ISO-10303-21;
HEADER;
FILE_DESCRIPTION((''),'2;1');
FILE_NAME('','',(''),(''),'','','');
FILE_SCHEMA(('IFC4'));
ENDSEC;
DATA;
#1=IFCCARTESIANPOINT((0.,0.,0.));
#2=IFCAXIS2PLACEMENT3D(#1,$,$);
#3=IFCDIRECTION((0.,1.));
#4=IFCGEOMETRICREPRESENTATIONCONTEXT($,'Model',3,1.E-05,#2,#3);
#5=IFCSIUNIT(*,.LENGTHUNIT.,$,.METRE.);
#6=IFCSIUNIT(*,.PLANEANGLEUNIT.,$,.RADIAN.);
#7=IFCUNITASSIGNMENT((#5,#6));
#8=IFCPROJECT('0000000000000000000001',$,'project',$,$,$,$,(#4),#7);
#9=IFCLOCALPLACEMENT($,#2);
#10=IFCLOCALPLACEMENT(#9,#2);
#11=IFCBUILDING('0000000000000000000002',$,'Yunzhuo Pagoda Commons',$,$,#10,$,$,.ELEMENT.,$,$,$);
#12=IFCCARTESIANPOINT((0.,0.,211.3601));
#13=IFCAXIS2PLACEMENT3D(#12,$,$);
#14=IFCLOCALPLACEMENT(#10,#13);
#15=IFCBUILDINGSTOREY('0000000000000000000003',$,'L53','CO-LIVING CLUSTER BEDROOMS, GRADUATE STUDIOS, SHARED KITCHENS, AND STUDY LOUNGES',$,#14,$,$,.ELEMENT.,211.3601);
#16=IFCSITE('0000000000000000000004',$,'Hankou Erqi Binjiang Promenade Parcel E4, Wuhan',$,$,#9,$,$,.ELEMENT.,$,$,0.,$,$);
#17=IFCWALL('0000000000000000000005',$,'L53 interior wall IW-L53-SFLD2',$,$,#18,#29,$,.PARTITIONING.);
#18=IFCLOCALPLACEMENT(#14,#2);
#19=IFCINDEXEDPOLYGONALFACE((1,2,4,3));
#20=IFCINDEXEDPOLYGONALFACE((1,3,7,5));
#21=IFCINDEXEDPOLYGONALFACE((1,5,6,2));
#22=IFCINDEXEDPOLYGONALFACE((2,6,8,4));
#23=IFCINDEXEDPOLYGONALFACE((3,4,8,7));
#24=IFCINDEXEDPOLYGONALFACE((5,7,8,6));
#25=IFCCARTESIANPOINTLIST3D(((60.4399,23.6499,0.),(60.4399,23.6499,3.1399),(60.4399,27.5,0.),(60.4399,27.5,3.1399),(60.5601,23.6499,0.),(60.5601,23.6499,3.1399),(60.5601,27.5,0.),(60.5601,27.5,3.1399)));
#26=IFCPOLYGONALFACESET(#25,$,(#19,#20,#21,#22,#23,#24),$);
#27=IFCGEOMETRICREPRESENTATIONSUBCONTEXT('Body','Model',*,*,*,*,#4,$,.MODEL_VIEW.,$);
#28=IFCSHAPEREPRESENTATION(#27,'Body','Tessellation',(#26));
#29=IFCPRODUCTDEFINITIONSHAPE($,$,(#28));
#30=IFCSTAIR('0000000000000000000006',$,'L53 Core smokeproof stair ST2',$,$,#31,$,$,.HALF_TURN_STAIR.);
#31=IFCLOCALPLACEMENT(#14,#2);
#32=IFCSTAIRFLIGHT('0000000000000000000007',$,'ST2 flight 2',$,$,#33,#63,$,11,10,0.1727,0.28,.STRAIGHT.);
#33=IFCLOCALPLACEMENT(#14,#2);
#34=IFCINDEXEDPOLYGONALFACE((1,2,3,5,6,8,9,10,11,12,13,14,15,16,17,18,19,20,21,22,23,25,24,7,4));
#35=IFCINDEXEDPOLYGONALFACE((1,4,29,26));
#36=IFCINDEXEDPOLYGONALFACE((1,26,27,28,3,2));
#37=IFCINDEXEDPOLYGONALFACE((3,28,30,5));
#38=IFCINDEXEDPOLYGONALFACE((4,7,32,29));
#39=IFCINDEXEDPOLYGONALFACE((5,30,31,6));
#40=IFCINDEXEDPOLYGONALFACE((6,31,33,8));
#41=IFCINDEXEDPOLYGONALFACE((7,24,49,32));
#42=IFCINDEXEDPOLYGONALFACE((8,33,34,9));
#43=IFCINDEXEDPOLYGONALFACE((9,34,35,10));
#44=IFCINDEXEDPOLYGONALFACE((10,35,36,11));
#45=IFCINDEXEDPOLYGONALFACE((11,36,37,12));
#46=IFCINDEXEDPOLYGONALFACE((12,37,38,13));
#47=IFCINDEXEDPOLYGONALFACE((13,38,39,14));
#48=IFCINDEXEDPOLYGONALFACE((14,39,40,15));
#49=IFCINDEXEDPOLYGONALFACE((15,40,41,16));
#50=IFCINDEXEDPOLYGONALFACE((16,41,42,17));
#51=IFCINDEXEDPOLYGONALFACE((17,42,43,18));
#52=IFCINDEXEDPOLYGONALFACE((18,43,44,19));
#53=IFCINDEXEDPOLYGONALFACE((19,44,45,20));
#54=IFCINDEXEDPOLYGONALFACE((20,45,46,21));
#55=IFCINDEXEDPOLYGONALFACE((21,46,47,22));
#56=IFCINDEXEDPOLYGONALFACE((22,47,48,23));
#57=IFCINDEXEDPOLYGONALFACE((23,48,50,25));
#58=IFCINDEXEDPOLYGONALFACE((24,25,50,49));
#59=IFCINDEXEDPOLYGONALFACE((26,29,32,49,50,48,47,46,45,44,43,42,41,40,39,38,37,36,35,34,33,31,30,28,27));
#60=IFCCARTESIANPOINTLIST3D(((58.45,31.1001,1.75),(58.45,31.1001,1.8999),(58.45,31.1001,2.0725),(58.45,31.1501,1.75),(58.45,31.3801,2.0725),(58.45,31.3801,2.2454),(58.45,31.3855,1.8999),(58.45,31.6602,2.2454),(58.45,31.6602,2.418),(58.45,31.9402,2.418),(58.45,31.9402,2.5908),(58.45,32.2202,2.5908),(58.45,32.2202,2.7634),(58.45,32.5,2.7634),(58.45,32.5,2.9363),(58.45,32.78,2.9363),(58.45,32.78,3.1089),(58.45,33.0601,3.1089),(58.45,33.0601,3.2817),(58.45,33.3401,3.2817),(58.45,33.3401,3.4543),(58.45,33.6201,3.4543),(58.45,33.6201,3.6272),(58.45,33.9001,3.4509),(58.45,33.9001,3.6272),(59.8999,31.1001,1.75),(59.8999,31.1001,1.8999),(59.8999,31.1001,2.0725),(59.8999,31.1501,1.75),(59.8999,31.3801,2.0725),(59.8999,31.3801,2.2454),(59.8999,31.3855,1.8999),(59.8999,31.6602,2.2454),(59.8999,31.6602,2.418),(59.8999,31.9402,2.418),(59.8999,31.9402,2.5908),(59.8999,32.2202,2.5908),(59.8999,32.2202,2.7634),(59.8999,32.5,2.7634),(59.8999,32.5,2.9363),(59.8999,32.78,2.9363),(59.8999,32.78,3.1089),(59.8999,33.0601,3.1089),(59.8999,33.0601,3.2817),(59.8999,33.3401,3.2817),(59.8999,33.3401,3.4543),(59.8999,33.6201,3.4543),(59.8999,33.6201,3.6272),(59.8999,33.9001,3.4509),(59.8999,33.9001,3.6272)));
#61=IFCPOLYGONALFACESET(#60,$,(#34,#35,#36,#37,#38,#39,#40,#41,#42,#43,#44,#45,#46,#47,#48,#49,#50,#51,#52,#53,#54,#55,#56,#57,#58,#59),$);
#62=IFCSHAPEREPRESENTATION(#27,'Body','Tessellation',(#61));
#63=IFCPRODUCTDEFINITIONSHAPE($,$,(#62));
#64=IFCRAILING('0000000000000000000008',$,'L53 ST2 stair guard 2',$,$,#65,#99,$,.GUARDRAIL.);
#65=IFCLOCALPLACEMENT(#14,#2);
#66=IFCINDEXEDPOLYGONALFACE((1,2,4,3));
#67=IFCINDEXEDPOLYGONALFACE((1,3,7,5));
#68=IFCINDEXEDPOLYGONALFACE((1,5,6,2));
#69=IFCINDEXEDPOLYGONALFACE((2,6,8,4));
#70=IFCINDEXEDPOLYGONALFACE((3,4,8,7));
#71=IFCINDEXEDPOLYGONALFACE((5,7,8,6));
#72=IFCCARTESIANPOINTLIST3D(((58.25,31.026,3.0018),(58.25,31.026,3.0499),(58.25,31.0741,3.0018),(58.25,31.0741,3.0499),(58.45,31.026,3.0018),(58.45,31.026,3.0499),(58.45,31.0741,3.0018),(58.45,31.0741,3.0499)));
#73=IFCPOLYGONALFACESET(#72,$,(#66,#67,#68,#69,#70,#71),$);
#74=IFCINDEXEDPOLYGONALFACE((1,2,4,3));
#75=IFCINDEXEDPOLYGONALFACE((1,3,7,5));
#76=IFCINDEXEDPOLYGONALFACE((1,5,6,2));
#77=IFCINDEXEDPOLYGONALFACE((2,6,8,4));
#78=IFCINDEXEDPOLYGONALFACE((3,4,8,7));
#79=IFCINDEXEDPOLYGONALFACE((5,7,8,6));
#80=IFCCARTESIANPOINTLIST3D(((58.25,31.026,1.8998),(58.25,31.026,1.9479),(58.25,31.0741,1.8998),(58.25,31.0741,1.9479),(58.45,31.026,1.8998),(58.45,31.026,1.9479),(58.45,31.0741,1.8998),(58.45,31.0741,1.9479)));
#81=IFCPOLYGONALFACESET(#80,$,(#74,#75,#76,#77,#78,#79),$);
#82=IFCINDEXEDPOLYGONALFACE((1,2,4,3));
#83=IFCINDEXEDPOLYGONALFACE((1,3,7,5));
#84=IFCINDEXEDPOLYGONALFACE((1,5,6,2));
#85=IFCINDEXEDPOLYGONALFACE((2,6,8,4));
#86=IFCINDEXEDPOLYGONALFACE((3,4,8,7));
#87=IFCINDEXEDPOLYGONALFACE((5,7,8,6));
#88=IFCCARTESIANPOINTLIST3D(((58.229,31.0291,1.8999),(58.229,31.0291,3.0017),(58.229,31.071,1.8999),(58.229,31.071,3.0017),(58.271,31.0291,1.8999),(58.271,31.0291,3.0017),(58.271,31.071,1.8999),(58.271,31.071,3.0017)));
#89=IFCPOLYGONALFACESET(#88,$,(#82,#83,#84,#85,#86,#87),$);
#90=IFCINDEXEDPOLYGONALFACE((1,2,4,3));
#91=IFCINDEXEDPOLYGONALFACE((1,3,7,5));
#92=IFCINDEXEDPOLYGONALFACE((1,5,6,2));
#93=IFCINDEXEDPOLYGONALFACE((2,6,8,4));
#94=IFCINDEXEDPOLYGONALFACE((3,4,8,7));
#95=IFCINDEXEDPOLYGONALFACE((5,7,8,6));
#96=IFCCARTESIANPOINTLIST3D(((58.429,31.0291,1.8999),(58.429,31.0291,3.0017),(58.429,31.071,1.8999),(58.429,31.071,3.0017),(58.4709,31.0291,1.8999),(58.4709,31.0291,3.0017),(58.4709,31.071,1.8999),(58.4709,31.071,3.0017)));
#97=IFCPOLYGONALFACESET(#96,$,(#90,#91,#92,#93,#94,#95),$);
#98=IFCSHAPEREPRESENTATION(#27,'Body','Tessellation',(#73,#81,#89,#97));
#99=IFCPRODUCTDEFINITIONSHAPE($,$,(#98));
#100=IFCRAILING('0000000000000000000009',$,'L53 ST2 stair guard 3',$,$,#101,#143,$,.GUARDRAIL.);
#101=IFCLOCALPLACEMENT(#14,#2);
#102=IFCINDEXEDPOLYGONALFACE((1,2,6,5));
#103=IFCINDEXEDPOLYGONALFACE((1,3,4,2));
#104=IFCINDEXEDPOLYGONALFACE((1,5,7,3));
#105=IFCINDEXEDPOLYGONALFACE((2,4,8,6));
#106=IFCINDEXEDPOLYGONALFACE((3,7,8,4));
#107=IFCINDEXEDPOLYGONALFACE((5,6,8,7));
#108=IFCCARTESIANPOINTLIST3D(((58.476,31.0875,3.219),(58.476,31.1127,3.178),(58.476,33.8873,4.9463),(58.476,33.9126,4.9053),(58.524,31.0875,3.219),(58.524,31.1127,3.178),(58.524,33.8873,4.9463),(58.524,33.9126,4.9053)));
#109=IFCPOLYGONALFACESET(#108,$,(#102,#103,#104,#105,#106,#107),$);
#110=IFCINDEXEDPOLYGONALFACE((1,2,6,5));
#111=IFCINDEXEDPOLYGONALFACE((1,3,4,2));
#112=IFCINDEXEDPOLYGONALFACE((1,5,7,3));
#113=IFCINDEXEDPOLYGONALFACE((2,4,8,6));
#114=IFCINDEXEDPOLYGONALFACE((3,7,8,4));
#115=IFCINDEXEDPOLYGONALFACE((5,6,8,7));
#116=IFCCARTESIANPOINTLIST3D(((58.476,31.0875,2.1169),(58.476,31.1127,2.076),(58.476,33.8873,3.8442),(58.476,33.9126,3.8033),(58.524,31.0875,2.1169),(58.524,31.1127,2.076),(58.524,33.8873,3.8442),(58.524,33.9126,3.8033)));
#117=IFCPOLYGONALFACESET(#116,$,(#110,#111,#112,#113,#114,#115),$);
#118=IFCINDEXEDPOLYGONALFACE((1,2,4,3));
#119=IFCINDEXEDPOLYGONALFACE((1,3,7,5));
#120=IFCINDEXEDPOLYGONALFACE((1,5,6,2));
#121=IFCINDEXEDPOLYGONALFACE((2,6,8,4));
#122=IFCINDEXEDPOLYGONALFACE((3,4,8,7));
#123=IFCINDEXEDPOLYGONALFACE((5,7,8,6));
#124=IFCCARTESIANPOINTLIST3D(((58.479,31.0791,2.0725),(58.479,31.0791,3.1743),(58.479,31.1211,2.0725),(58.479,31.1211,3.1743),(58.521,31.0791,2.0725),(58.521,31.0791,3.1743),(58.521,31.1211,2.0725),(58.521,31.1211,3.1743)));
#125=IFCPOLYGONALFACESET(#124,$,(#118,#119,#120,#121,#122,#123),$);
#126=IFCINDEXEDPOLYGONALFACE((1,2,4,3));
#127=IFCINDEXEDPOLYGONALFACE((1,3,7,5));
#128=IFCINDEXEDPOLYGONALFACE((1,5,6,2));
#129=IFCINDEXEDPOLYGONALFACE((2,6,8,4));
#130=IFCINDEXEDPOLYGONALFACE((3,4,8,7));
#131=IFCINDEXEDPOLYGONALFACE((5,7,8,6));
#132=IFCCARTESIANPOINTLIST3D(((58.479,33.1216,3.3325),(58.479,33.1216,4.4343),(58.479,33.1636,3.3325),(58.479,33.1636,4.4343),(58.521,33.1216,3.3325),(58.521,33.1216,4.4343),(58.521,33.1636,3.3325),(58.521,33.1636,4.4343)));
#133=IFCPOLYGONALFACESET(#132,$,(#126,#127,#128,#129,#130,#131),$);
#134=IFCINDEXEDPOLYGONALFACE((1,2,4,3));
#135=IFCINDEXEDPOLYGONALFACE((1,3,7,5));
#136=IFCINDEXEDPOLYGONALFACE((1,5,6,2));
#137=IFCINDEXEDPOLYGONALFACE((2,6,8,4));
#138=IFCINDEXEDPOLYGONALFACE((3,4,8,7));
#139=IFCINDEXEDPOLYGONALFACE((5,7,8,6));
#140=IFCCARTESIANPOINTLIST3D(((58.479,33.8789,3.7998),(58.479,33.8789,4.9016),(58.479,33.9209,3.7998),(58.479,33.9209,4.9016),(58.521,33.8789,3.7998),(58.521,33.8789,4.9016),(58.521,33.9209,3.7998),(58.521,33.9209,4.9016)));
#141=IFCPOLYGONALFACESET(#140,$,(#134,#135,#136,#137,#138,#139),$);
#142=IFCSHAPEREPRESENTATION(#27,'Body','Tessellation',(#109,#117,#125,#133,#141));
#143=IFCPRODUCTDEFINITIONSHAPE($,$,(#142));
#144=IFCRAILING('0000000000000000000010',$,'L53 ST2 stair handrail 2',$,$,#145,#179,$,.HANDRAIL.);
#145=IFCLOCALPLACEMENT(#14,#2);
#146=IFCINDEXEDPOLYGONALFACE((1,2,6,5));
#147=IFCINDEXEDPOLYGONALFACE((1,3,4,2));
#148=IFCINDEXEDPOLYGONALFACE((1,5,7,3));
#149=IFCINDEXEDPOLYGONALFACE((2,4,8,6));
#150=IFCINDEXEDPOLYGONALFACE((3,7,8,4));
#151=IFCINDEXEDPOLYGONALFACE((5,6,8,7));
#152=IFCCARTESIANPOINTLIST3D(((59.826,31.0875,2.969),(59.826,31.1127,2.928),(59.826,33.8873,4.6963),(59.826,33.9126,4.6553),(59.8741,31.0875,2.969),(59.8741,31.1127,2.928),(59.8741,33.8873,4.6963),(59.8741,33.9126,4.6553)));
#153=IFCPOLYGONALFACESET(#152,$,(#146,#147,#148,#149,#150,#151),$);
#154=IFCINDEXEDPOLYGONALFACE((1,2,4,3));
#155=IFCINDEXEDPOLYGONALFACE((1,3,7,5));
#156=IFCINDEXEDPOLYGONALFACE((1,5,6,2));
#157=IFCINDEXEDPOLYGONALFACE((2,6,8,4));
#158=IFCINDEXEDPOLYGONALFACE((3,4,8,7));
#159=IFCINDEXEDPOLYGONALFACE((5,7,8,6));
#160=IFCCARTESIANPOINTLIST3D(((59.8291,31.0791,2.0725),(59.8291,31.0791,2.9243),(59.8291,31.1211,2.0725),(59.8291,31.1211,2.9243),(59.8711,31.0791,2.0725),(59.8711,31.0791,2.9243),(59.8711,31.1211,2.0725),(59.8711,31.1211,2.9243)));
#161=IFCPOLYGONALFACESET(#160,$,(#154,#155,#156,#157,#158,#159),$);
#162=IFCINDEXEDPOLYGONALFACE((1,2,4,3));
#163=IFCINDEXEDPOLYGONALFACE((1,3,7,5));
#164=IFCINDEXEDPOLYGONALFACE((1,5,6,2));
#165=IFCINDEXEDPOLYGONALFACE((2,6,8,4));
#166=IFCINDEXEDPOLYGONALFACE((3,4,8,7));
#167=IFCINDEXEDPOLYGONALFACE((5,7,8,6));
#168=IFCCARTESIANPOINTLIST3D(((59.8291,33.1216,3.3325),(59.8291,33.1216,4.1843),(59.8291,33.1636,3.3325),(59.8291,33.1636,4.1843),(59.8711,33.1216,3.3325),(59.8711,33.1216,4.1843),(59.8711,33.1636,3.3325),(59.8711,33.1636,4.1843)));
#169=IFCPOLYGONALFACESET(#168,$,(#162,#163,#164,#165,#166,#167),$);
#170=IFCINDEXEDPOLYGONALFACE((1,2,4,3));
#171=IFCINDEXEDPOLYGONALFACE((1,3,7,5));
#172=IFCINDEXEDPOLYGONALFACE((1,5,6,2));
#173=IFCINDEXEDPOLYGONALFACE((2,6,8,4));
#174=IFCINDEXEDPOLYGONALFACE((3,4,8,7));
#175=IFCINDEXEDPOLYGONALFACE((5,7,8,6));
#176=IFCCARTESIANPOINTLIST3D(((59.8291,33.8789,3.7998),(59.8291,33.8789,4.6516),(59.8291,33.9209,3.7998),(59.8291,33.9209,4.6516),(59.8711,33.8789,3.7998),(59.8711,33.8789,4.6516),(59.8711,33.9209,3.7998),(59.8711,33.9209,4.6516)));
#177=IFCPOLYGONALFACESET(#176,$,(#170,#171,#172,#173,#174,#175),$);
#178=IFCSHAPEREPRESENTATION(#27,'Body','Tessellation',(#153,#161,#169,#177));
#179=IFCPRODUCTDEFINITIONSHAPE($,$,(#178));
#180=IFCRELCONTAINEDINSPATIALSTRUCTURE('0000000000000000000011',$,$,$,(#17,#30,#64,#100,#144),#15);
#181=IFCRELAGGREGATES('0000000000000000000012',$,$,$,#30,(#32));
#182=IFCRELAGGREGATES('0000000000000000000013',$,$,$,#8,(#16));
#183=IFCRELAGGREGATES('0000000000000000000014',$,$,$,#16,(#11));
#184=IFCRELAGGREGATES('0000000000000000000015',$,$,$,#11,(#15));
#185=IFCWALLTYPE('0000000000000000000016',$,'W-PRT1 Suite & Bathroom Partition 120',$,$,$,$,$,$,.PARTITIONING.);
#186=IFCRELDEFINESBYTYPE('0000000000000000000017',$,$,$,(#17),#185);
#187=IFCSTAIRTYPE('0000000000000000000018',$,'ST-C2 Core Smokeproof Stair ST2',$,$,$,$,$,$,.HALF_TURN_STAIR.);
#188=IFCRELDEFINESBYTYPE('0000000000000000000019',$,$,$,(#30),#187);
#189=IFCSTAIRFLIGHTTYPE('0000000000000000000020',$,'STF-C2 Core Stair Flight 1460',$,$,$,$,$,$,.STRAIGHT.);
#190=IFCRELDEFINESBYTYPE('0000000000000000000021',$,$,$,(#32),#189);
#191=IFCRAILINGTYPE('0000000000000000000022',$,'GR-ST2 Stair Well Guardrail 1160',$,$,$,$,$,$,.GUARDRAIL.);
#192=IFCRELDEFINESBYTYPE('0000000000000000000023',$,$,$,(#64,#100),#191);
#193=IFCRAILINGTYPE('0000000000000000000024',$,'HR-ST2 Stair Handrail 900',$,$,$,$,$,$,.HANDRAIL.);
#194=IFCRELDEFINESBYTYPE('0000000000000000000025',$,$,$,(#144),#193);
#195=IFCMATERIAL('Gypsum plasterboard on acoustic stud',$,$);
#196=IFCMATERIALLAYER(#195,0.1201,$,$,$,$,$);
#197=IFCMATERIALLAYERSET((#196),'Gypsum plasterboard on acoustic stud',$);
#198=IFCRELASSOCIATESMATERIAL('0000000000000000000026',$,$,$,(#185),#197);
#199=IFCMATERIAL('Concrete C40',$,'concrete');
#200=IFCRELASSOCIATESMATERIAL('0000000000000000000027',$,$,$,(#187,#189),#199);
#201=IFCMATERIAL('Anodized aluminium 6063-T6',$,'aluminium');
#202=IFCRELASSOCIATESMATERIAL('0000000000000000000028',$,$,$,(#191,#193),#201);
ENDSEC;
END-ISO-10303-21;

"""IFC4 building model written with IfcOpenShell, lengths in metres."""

from ifc_helpers import new_model, si_unit, direction, frame, frame_2d, origin, origin_2d, place, context, subcontext, project, spatial, polyline, rectangle, outline, extrude, source, transform, mapped, material, layer, layer_set, type_object, element, aggregate, save


model = new_model("IFC4")

# Units and contexts
model_context = context("Model", 3, precision=1e-05, world=origin(), true_north=direction((0.0, 1.0)))
body_context = subcontext(model_context, "Body", "Model", "MODEL_VIEW")
ifc_project = project(units=[si_unit("LENGTHUNIT", "METRE"), si_unit("PLANEANGLEUNIT", "RADIAN")], contexts=[model_context])

# Site, building, storey
site_placement = place(None, origin())
site = spatial("IfcSite", under=ifc_project, at=site_placement, Name="Hankou Erqi Binjiang Promenade Parcel E4, Wuhan", CompositionType="ELEMENT", RefElevation=0.0)
building_placement = place(site_placement, origin())
building = spatial("IfcBuilding", under=site, at=building_placement, Name="Yunzhuo Pagoda Commons", CompositionType="ELEMENT")
storey_placement = place(building_placement, frame((0.0, 0.0, 211.3601)))
storey = spatial("IfcBuildingStorey", under=building, at=storey_placement, Name="L53", Description="CO-LIVING CLUSTER BEDROOMS, GRADUATE STUDIOS, SHARED KITCHENS, AND STUDY LOUNGES", CompositionType="ELEMENT", Elevation=211.3601)

# Shared definitions
ifc_material_1 = material(Name="Anodized aluminium 6063-T6", Category="aluminium")

# Shared definitions
ifc_material_2 = material(Name="Gypsum plasterboard on acoustic stud")

# Wall
ifc_layer_1 = layer(ifc_material_2, 0.1201)
ifc_layer_set_1 = layer_set([ifc_layer_1], Name="Gypsum plasterboard on acoustic stud")
wall_type_1 = type_object("IfcWallType", Name="W-PRT1 Suite & Bathroom Partition 120", PredefinedType="PARTITIONING", material=ifc_layer_set_1)
wall_1_placement = place(storey_placement, frame((60.5, 23.6499, 0.0), z_axis=(0.0, 0.0, 1.0), x_axis=(0.0, 1.0, 0.0)))
element("IfcWall", 1, at=wall_1_placement, inside=storey, type_object=wall_type_1, Name="L53 interior wall IW-L53-SFLD2", PredefinedType="PARTITIONING", context=body_context, shape_type="SweptSolid", body=[
    extrude(rectangle(XDim=3.8501, YDim=0.1201, at=frame_2d((1.925, 0.0))), origin(), (0.0, 0.0, 1.0), 3.1399),
])

# Stair, stair flight
ifc_material_3 = material(Name="Concrete C40", Category="concrete")
stair_type = type_object("IfcStairType", Name="ST-C2 Core Smokeproof Stair ST2", PredefinedType="HALF_TURN_STAIR", material=ifc_material_3)
stair_placement = place(storey_placement, origin())
stair = element("IfcStair", 2, at=stair_placement, inside=storey, type_object=stair_type, Name="L53 Core smokeproof stair ST2", PredefinedType="HALF_TURN_STAIR")
stair_flight_type = type_object("IfcStairFlightType", Name="STF-C2 Core Stair Flight 1460", PredefinedType="STRAIGHT", material=ifc_material_3)
shared_shape_1 = source(origin(), body_context, "Body", "SweptSolid", [
    extrude(outline(polyline([(0.0, -0.1499), (0.0, 0.0), (0.0, 0.1726), (0.28, 0.1726), (0.28, 0.3455), (0.5601, 0.3455), (0.5601, 0.5181), (0.8401, 0.5181), (0.8401, 0.6909), (1.1201, 0.6909), (1.1201, 0.8635), (1.3999, 0.8635), (1.3999, 1.0364), (1.6799, 1.0364), (1.6799, 1.209), (1.96, 1.209), (1.96, 1.3818), (2.24, 1.3818), (2.24, 1.5544), (2.52, 1.5544), (2.52, 1.7273), (2.8, 1.7273), (2.8, 1.8999), (2.8, 1.551), (0.2854, 0.0), (0.05, -0.1499), (0.0, -0.1499)])), frame((0.0, 0.7251, 0.0), z_axis=(0.0, -1.0, 0.0), x_axis=(1.0, 0.0, 0.0)), (0.0, 0.0, 1.0), 1.45),
])
stair_flight_placement = place(storey_placement, frame((59.175, 31.1001, 1.8999), z_axis=(0.0, 0.0, 1.0), x_axis=(0.0, 1.0, 0.0)))
stair_flight = element("IfcStairFlight", 3, at=stair_flight_placement, type_object=stair_flight_type, Name="ST2 flight 2", NumberOfRisers=11, NumberOfTreads=10, PredefinedType="STRAIGHT", RiserHeight=0.1727, TreadLength=0.28, context=body_context, shape_type="MappedRepresentation", body=[
    mapped(shared_shape_1, transform((0.0, 0.0, 0.0), scale=1.0)),
])
aggregate(stair, [stair_flight])

# Railings
railing_type_1 = type_object("IfcRailingType", Name="GR-ST2 Stair Well Guardrail 1160", PredefinedType="GUARDRAIL", material=ifc_material_1)
railing_1_placement = place(storey_placement, frame((58.25, 31.05, 1.8999)))
element("IfcRailing", 4, at=railing_1_placement, inside=storey, type_object=railing_type_1, Name="L53 ST2 stair guard 2", PredefinedType="GUARDRAIL", context=body_context, shape_type="SweptSolid", body=[
    extrude(rectangle(XDim=0.0481, YDim=0.0481, at=origin_2d()), frame((0.0, 0.0, 1.126), z_axis=(1.0, 0.0, 0.0), x_axis=(0.0, 1.0, 0.0)), (0.0, 0.0, 1.0), 0.2),
    extrude(rectangle(XDim=0.0481, YDim=0.0481, at=origin_2d()), frame((0.0, 0.0, 0.0239), z_axis=(1.0, 0.0, 0.0), x_axis=(0.0, 1.0, 0.0)), (0.0, 0.0, 1.0), 0.2),
    extrude(rectangle(XDim=0.042, YDim=0.042, at=origin_2d()), origin(), (0.0, 0.0, 1.0), 1.1018),
    extrude(rectangle(XDim=0.042, YDim=0.042, at=origin_2d()), frame((0.2, 0.0, 0.0)), (0.0, 0.0, 1.0), 1.1018),
])
railing_2_placement = place(storey_placement, frame((58.5, 31.1001, 2.0725)))
element("IfcRailing", 5, at=railing_2_placement, inside=storey, type_object=railing_type_1, Name="L53 ST2 stair guard 3", PredefinedType="GUARDRAIL", context=body_context, shape_type="SweptSolid", body=[
    extrude(rectangle(XDim=0.0481, YDim=0.0481, at=origin_2d()), frame((0.0, 0.0, 1.126), z_axis=(0.0, 0.851069, 0.525054), x_axis=(-1.0, 0.0, 0.0)), (0.0, 0.0, 1.0), 3.2898),
    extrude(rectangle(XDim=0.0481, YDim=0.0481, at=origin_2d()), frame((0.0, 0.0, 0.0239), z_axis=(0.0, 0.851069, 0.525054), x_axis=(-1.0, 0.0, 0.0)), (0.0, 0.0, 1.0), 3.2898),
    extrude(rectangle(XDim=0.042, YDim=0.042, at=origin_2d()), origin(), (0.0, 0.0, 1.0), 1.1018),
    extrude(rectangle(XDim=0.042, YDim=0.042, at=origin_2d()), frame((0.0, 2.0425, 1.26)), (0.0, 0.0, 1.0), 1.1018),
    extrude(rectangle(XDim=0.042, YDim=0.042, at=origin_2d()), frame((0.0, 2.7998, 1.7273)), (0.0, 0.0, 1.0), 1.1018),
])
railing_type_2 = type_object("IfcRailingType", Name="HR-ST2 Stair Handrail 900", PredefinedType="HANDRAIL", material=ifc_material_1)
railing_3_placement = place(storey_placement, frame((59.8501, 31.1001, 2.0725)))
element("IfcRailing", 6, at=railing_3_placement, inside=storey, type_object=railing_type_2, Name="L53 ST2 stair handrail 2", PredefinedType="HANDRAIL", context=body_context, shape_type="SweptSolid", body=[
    extrude(rectangle(XDim=0.0481, YDim=0.0481, at=origin_2d()), frame((0.0, 0.0, 0.876), z_axis=(0.0, 0.851069, 0.525054), x_axis=(-1.0, 0.0, 0.0)), (0.0, 0.0, 1.0), 3.2898),
    extrude(rectangle(XDim=0.042, YDim=0.042, at=origin_2d()), origin(), (0.0, 0.0, 1.0), 0.8518),
    extrude(rectangle(XDim=0.042, YDim=0.042, at=origin_2d()), frame((0.0, 2.0425, 1.26)), (0.0, 0.0, 1.0), 0.8518),
    extrude(rectangle(XDim=0.042, YDim=0.042, at=origin_2d()), frame((0.0, 2.7998, 1.7273)), (0.0, 0.0, 1.0), 0.8518),
])

save(model, "model.ifc")
